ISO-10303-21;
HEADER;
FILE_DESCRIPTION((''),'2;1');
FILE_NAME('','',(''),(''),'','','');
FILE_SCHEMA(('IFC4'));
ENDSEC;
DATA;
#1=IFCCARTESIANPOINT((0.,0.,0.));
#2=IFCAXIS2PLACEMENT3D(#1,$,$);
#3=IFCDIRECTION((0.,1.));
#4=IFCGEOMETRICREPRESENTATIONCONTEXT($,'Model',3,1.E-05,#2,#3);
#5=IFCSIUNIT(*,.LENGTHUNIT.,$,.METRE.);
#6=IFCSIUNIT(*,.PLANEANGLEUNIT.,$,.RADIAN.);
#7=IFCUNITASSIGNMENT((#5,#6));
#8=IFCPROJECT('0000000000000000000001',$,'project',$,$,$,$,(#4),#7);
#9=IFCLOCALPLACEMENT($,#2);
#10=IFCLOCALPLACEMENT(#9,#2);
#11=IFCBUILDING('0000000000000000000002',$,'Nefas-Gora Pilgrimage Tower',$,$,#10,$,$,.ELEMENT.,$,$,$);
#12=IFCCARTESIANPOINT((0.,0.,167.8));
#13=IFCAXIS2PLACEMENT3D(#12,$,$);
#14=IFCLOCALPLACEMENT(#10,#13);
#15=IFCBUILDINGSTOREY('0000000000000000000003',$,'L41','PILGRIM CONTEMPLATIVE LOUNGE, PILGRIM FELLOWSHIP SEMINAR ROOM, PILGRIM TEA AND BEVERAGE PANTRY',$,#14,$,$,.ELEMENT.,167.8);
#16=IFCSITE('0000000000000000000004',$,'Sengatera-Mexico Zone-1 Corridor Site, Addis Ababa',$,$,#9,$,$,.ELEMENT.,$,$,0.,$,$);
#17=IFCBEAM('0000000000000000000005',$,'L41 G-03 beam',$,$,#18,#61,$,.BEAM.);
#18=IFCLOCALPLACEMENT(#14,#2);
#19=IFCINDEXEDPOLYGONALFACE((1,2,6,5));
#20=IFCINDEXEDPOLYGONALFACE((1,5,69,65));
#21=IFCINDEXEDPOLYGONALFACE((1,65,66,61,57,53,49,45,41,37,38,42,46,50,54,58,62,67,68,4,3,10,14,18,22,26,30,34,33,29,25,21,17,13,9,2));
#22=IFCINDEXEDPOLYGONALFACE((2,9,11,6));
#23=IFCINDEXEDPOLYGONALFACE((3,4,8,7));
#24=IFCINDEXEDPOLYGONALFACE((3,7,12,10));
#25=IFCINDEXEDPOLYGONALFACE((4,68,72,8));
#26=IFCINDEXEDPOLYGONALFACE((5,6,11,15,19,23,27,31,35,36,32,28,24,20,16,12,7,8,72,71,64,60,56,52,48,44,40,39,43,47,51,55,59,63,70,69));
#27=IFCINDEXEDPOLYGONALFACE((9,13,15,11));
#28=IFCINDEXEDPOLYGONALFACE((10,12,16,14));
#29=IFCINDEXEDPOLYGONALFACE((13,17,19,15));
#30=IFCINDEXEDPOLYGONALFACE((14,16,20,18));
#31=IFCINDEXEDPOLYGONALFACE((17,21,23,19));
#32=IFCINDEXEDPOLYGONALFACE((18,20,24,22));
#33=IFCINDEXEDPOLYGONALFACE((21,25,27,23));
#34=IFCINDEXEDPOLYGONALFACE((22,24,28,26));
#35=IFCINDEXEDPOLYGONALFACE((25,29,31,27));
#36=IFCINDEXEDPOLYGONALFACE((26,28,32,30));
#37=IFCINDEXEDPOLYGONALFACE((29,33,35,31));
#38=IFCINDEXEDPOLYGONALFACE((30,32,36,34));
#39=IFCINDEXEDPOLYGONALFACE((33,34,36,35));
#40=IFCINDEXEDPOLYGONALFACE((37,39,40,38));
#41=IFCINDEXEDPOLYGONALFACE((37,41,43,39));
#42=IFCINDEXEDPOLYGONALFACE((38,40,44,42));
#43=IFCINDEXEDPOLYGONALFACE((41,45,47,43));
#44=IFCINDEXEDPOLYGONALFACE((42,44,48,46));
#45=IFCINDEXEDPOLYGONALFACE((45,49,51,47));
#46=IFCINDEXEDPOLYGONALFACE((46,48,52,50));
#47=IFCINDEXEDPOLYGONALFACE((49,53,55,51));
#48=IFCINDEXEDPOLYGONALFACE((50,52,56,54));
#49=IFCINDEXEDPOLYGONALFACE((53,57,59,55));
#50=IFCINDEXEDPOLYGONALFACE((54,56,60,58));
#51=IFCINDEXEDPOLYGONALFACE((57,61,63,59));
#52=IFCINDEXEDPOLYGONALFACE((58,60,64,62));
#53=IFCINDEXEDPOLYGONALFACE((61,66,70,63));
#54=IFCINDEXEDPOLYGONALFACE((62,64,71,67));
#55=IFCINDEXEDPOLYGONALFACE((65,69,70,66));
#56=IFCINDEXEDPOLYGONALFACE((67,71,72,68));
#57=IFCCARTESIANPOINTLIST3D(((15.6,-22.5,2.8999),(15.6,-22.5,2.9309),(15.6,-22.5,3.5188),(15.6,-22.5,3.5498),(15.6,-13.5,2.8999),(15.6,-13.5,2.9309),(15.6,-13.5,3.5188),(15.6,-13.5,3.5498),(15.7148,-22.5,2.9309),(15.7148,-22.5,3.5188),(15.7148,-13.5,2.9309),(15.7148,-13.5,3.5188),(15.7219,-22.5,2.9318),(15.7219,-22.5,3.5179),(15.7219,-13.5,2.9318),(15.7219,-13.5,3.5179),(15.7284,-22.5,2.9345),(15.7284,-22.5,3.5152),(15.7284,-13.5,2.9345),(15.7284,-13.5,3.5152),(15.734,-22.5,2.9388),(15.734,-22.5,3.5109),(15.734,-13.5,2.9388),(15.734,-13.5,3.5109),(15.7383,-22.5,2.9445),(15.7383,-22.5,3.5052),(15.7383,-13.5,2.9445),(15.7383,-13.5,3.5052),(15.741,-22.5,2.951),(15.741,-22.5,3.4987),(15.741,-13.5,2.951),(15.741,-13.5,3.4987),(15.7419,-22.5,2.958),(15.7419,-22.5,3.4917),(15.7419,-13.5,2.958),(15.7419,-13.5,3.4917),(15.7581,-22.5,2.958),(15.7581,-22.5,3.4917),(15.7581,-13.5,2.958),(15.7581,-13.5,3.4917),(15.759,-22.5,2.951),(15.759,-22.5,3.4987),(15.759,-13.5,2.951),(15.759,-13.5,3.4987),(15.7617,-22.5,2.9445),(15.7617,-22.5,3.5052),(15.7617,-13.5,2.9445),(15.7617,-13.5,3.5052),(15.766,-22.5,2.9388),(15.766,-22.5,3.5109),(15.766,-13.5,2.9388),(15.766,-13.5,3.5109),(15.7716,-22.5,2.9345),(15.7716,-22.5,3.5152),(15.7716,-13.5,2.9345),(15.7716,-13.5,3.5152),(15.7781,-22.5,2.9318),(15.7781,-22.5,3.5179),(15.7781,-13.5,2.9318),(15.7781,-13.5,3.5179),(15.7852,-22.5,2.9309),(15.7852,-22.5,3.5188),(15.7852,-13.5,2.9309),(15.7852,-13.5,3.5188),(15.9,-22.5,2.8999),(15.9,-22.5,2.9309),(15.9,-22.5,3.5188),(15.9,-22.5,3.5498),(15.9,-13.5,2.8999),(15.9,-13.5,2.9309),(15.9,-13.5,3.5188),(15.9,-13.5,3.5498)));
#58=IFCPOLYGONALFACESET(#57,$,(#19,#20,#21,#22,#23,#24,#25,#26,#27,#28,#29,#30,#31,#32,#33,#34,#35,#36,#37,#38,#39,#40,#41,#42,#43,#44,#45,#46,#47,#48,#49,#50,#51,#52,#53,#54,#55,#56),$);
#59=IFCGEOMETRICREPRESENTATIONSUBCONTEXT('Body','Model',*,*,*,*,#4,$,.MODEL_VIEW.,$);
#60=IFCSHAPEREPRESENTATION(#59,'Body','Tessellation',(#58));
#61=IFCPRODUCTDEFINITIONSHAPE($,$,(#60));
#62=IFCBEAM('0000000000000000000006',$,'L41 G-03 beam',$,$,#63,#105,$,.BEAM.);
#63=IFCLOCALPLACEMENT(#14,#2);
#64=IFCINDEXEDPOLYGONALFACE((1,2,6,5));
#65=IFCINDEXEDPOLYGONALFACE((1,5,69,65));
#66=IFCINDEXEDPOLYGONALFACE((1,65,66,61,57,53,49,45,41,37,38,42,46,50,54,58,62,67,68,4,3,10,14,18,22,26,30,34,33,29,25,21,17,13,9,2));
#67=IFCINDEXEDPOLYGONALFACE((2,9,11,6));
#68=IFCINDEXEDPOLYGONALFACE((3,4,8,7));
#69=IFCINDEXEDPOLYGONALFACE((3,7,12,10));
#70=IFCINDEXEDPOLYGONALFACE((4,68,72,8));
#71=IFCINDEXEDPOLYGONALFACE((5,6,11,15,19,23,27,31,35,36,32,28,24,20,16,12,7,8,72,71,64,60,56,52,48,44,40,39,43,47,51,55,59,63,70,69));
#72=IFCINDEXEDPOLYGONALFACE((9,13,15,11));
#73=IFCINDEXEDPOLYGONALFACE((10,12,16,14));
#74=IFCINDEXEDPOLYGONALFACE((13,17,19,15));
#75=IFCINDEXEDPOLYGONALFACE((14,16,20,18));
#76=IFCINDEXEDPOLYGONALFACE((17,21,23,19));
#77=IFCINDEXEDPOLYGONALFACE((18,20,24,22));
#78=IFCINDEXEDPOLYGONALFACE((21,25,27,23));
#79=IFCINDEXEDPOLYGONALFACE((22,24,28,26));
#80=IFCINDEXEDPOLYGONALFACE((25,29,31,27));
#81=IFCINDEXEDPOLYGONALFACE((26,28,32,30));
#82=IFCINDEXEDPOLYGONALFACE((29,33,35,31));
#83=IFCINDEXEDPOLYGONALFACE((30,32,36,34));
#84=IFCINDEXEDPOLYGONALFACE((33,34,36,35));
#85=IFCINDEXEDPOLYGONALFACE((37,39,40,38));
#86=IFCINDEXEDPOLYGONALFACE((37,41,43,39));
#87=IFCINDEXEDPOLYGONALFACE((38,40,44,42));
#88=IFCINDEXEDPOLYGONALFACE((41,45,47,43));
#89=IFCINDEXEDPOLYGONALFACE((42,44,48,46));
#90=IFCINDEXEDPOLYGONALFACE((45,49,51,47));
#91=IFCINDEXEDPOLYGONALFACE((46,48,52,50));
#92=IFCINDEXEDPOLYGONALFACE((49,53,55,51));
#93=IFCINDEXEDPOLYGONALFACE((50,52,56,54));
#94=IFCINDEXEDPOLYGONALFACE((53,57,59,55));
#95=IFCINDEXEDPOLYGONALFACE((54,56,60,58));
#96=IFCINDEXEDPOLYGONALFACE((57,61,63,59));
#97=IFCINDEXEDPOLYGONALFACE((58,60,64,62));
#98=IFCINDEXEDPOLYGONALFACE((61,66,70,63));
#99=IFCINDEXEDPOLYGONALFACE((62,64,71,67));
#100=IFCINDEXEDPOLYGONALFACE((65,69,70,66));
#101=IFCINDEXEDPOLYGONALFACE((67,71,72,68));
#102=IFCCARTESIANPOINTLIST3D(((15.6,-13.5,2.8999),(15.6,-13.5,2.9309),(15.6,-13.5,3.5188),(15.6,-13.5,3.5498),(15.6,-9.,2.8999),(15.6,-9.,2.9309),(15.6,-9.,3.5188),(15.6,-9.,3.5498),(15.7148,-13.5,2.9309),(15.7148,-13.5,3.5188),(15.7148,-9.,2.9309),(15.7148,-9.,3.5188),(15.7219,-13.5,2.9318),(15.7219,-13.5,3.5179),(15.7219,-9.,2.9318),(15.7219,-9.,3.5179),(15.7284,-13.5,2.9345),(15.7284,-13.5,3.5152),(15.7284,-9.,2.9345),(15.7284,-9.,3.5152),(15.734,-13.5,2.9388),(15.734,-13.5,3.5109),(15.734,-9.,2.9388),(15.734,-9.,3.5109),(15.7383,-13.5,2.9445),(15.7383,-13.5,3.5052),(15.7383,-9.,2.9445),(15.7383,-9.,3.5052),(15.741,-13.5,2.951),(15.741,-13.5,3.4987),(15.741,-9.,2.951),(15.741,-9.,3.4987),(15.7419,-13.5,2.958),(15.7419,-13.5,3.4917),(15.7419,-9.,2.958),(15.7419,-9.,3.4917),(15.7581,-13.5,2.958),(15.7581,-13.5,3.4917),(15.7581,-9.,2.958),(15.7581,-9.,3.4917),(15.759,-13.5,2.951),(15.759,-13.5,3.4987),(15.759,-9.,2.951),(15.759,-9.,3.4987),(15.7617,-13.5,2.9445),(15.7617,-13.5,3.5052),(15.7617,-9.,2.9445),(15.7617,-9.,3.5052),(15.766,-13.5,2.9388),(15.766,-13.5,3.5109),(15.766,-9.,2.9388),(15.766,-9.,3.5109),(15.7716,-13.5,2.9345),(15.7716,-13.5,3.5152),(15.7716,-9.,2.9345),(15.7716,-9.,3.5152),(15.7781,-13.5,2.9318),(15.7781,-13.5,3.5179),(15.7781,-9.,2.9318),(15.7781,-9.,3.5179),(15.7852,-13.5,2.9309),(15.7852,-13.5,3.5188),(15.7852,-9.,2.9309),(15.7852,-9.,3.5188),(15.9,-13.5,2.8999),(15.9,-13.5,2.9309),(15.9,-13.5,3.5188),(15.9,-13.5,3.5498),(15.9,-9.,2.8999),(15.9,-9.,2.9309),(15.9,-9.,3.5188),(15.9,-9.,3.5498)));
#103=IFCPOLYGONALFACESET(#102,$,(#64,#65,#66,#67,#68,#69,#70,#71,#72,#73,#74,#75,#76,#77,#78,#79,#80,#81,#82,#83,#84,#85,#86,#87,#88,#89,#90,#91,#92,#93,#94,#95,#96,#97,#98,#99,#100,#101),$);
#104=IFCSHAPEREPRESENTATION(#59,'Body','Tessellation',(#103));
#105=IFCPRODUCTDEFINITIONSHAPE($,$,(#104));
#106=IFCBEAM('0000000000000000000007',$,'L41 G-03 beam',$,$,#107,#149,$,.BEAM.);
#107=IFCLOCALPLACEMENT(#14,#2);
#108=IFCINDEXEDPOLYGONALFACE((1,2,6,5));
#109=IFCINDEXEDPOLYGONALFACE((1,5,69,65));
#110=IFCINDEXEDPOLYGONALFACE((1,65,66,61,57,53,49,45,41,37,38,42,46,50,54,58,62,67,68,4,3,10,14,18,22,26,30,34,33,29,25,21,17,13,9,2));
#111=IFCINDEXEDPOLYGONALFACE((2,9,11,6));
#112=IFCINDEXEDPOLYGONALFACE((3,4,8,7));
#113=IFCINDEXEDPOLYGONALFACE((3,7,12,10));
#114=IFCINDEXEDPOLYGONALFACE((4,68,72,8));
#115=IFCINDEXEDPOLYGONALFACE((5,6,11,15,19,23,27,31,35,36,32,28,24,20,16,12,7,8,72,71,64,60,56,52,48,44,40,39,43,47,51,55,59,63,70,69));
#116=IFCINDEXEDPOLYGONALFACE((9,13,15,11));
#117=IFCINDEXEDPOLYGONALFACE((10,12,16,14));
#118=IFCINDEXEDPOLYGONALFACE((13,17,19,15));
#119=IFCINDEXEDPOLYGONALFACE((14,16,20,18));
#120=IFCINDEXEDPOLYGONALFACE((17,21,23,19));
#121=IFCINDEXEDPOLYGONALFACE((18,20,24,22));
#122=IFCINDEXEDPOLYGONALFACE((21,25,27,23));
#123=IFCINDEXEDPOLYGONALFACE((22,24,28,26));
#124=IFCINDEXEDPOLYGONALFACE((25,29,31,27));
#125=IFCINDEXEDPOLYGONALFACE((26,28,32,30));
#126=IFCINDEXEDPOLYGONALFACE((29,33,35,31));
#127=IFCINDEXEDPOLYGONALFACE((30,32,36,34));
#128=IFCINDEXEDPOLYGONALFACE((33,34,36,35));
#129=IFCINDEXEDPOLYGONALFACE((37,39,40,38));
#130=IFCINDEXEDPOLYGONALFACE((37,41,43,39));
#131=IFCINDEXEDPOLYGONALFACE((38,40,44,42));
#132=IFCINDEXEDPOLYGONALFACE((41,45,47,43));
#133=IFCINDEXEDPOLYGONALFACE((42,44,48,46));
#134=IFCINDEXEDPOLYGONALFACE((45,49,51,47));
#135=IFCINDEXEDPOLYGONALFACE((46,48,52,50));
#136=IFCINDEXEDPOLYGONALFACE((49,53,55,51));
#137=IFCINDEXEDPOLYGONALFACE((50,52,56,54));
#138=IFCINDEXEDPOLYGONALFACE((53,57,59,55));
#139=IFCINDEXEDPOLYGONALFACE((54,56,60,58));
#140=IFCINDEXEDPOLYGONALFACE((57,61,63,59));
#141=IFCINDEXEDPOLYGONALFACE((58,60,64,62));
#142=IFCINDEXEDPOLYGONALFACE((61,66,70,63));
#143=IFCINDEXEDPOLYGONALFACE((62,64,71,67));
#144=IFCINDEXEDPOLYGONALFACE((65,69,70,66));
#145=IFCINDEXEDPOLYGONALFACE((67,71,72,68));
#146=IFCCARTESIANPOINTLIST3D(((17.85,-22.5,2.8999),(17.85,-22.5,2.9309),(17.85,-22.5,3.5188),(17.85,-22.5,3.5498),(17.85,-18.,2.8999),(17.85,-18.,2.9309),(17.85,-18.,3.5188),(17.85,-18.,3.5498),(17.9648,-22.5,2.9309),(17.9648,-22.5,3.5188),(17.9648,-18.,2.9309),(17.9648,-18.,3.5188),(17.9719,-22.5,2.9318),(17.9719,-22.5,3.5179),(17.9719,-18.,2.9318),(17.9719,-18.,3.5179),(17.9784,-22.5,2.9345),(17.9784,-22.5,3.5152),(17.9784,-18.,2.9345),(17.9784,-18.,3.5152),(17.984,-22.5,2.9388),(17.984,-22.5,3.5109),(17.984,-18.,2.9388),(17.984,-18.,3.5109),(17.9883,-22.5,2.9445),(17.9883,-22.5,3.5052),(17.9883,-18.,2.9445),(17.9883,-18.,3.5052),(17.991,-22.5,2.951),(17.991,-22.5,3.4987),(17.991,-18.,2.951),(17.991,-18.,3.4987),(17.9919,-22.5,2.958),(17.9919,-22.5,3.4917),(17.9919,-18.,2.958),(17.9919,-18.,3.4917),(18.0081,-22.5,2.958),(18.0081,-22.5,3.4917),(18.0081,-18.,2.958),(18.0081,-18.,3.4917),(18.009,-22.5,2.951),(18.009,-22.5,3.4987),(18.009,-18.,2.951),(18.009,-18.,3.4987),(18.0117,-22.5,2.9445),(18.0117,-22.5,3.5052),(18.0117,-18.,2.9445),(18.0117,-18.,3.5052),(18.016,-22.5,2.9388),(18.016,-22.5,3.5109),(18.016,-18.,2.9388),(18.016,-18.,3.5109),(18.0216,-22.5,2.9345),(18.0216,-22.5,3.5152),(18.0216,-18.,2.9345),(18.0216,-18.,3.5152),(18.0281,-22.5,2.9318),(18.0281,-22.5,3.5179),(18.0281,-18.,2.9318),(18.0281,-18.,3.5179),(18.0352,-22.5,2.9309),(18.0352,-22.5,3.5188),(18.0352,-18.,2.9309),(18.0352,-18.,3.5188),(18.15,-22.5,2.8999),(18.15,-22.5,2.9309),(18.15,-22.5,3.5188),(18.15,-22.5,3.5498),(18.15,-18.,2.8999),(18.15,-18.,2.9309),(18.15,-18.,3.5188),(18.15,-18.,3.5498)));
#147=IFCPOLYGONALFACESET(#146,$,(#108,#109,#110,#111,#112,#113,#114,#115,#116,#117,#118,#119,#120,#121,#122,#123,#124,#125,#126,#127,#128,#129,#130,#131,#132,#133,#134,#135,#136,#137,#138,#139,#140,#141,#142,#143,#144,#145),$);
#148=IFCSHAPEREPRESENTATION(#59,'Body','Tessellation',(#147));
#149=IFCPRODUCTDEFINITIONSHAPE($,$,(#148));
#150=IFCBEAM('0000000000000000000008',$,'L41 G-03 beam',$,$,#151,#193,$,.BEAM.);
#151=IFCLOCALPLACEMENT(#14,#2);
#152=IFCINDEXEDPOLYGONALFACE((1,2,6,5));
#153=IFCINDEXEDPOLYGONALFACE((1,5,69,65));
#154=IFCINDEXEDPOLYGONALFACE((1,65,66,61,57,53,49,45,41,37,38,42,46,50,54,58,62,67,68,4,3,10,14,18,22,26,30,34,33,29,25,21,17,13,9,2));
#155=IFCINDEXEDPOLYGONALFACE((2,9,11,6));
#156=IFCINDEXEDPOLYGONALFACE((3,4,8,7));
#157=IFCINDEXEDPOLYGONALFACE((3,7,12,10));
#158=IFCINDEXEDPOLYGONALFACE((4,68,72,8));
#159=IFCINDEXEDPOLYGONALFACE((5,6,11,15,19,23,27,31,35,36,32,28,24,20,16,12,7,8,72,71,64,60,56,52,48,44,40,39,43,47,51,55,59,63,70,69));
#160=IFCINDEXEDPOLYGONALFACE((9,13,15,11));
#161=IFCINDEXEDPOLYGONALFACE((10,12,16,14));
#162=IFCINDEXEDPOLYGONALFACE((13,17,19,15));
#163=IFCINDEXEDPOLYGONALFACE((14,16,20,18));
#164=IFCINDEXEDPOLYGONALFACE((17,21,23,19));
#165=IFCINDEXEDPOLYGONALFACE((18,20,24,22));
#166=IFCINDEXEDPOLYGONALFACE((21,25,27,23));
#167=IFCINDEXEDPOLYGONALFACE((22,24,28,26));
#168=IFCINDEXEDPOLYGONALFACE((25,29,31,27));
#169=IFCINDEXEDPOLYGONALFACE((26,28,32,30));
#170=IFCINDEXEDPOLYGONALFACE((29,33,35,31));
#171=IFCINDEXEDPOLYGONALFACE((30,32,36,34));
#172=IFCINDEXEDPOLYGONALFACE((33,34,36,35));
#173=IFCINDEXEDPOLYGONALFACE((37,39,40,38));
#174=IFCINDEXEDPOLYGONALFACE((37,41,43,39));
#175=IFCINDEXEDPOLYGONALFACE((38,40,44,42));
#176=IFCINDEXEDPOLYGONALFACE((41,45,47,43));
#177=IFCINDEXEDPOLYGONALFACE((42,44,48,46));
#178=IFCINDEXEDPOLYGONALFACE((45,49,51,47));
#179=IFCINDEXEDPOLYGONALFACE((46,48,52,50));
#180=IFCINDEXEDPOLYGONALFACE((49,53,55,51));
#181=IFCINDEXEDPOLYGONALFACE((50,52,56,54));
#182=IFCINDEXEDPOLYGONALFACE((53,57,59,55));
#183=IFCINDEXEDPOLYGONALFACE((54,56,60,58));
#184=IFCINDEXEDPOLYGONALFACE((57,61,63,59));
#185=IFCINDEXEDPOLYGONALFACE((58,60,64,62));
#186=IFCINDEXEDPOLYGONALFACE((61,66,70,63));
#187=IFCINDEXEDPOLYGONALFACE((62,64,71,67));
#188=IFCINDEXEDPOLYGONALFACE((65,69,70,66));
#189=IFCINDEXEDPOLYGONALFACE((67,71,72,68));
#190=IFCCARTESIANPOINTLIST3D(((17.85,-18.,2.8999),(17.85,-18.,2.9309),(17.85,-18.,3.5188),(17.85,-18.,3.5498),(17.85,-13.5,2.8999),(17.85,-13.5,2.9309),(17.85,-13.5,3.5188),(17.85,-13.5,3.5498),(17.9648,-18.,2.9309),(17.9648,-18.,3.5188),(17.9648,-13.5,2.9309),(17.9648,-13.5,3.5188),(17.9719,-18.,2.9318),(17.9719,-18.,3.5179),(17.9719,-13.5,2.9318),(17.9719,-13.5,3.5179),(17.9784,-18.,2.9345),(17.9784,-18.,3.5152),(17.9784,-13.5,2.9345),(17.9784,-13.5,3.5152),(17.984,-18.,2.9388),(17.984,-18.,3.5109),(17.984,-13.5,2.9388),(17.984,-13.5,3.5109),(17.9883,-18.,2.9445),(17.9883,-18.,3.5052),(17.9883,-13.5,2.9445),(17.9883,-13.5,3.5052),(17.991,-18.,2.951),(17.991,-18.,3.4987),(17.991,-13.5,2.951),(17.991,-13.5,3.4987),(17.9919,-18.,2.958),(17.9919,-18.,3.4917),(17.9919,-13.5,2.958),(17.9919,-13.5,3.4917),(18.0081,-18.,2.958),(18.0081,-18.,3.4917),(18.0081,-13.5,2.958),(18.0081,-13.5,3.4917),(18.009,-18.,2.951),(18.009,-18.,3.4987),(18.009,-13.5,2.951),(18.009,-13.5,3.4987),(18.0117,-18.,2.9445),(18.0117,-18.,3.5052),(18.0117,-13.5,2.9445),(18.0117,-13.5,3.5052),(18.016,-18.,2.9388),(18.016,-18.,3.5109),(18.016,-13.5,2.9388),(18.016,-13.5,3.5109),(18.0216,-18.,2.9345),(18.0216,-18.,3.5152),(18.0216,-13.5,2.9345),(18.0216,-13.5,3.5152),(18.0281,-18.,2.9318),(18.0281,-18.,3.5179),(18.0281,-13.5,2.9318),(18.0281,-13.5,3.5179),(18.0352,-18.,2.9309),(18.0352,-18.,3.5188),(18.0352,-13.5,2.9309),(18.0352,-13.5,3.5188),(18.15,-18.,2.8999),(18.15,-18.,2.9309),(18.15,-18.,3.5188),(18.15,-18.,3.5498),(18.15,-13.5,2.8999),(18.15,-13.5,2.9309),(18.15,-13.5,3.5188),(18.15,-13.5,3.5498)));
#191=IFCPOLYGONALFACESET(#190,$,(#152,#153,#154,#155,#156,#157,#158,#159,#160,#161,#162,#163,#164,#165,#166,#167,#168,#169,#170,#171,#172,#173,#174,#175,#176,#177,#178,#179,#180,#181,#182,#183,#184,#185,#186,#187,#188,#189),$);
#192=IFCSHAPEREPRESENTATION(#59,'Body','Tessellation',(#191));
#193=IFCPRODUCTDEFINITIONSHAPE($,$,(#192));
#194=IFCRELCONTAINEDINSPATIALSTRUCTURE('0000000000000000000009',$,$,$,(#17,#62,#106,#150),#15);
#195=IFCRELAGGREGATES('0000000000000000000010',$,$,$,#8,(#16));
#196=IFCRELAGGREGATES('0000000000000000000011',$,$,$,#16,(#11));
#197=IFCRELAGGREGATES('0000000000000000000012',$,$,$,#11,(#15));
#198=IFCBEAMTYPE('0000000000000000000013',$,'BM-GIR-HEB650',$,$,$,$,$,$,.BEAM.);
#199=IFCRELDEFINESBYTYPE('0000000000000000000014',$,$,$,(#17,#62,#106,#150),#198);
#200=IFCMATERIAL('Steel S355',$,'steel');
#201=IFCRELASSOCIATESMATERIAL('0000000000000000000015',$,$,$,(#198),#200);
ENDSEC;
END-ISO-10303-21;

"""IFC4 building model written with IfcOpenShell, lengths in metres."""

from ifc_helpers import new_model, si_unit, direction, frame, origin, origin_2d, place, context, subcontext, project, spatial, i_section, extrude, source, transform, mapped, material, material_profile, profile_set, type_object, element, save


model = new_model("IFC4")

# Units and contexts
model_context = context("Model", 3, precision=1e-05, world=origin(), true_north=direction((0.0, 1.0)))
body_context = subcontext(model_context, "Body", "Model", "MODEL_VIEW")
ifc_project = project(units=[si_unit("LENGTHUNIT", "METRE"), si_unit("PLANEANGLEUNIT", "RADIAN")], contexts=[model_context])

# Site, building, storey
site_placement = place(None, origin())
site = spatial("IfcSite", under=ifc_project, at=site_placement, Name="Sengatera-Mexico Zone-1 Corridor Site, Addis Ababa", CompositionType="ELEMENT", RefElevation=0.0)
building_placement = place(site_placement, origin())
building = spatial("IfcBuilding", under=site, at=building_placement, Name="Nefas-Gora Pilgrimage Tower", CompositionType="ELEMENT")
storey_placement = place(building_placement, frame((0.0, 0.0, 167.8)))
storey = spatial("IfcBuildingStorey", under=building, at=storey_placement, Name="L41", Description="PILGRIM CONTEMPLATIVE LOUNGE, PILGRIM FELLOWSHIP SEMINAR ROOM, PILGRIM TEA AND BEVERAGE PANTRY", CompositionType="ELEMENT", Elevation=167.8)

# Beams
ifc_material_1 = material(Name="Steel S355", Category="steel")
ifc_material_profile_1 = material_profile(ifc_material_1, i_section(OverallWidth=0.3, OverallDepth=0.6499, WebThickness=0.0161, FlangeThickness=0.031, FilletRadius=0.0271, at=origin_2d()), Name="HEB 650")
ifc_profile_set_1 = profile_set([ifc_material_profile_1], Name="Steel S355")
beam_type_1 = type_object("IfcBeamType", Name="BM-GIR-HEB650", PredefinedType="BEAM", material=ifc_profile_set_1)
shared_shape_1 = source(origin(), body_context, "Body", "SweptSolid", [
    extrude(i_section(OverallWidth=0.3, OverallDepth=0.6499, WebThickness=0.0161, FlangeThickness=0.031, FilletRadius=0.0271, at=origin_2d()), origin(), (0.0, 0.0, 1.0), 9.0),
])
for number, where, z_axis, x_axis, name in (
    (1, (15.75, -22.5, 3.2249), (0.0, 1.0, 0.0), (-1.0, 0.0, 0.0), "L41 G-03 beam"),
):
    element("IfcBeam", number, at=place(storey_placement, frame(where, z_axis=z_axis, x_axis=x_axis)), inside=storey, type_object=beam_type_1, Name=name, PredefinedType="BEAM", context=body_context, shape_type="MappedRepresentation", body=[
        mapped(shared_shape_1, transform((0.0, 0.0, 0.0), x_axis=(1.0, 0.0, 0.0), y_axis=(0.0, 1.0, 0.0), z_axis=(0.0, 0.0, 1.0), scale=1.0)),
    ])
shared_shape_2 = source(origin(), body_context, "Body", "SweptSolid", [
    extrude(i_section(OverallWidth=0.3, OverallDepth=0.6499, WebThickness=0.0161, FlangeThickness=0.031, FilletRadius=0.0271, at=origin_2d()), origin(), (0.0, 0.0, 1.0), 4.5),
])
for number, where, z_axis, x_axis, name in (
    (2, (15.75, -13.5, 3.2249), (0.0, 1.0, 0.0), (-1.0, 0.0, 0.0), "L41 G-03 beam"),
    (3, (18.0, -22.5, 3.2249), (0.0, 1.0, 0.0), (-1.0, 0.0, 0.0), "L41 G-03 beam"),
    (4, (18.0, -18.0, 3.2249), (0.0, 1.0, 0.0), (-1.0, 0.0, 0.0), "L41 G-03 beam"),
):
    element("IfcBeam", number, at=place(storey_placement, frame(where, z_axis=z_axis, x_axis=x_axis)), inside=storey, type_object=beam_type_1, Name=name, PredefinedType="BEAM", context=body_context, shape_type="MappedRepresentation", body=[
        mapped(shared_shape_2, transform((0.0, 0.0, 0.0), x_axis=(1.0, 0.0, 0.0), y_axis=(0.0, 1.0, 0.0), z_axis=(0.0, 0.0, 1.0), scale=1.0)),
    ])

save(model, "model.ifc")
